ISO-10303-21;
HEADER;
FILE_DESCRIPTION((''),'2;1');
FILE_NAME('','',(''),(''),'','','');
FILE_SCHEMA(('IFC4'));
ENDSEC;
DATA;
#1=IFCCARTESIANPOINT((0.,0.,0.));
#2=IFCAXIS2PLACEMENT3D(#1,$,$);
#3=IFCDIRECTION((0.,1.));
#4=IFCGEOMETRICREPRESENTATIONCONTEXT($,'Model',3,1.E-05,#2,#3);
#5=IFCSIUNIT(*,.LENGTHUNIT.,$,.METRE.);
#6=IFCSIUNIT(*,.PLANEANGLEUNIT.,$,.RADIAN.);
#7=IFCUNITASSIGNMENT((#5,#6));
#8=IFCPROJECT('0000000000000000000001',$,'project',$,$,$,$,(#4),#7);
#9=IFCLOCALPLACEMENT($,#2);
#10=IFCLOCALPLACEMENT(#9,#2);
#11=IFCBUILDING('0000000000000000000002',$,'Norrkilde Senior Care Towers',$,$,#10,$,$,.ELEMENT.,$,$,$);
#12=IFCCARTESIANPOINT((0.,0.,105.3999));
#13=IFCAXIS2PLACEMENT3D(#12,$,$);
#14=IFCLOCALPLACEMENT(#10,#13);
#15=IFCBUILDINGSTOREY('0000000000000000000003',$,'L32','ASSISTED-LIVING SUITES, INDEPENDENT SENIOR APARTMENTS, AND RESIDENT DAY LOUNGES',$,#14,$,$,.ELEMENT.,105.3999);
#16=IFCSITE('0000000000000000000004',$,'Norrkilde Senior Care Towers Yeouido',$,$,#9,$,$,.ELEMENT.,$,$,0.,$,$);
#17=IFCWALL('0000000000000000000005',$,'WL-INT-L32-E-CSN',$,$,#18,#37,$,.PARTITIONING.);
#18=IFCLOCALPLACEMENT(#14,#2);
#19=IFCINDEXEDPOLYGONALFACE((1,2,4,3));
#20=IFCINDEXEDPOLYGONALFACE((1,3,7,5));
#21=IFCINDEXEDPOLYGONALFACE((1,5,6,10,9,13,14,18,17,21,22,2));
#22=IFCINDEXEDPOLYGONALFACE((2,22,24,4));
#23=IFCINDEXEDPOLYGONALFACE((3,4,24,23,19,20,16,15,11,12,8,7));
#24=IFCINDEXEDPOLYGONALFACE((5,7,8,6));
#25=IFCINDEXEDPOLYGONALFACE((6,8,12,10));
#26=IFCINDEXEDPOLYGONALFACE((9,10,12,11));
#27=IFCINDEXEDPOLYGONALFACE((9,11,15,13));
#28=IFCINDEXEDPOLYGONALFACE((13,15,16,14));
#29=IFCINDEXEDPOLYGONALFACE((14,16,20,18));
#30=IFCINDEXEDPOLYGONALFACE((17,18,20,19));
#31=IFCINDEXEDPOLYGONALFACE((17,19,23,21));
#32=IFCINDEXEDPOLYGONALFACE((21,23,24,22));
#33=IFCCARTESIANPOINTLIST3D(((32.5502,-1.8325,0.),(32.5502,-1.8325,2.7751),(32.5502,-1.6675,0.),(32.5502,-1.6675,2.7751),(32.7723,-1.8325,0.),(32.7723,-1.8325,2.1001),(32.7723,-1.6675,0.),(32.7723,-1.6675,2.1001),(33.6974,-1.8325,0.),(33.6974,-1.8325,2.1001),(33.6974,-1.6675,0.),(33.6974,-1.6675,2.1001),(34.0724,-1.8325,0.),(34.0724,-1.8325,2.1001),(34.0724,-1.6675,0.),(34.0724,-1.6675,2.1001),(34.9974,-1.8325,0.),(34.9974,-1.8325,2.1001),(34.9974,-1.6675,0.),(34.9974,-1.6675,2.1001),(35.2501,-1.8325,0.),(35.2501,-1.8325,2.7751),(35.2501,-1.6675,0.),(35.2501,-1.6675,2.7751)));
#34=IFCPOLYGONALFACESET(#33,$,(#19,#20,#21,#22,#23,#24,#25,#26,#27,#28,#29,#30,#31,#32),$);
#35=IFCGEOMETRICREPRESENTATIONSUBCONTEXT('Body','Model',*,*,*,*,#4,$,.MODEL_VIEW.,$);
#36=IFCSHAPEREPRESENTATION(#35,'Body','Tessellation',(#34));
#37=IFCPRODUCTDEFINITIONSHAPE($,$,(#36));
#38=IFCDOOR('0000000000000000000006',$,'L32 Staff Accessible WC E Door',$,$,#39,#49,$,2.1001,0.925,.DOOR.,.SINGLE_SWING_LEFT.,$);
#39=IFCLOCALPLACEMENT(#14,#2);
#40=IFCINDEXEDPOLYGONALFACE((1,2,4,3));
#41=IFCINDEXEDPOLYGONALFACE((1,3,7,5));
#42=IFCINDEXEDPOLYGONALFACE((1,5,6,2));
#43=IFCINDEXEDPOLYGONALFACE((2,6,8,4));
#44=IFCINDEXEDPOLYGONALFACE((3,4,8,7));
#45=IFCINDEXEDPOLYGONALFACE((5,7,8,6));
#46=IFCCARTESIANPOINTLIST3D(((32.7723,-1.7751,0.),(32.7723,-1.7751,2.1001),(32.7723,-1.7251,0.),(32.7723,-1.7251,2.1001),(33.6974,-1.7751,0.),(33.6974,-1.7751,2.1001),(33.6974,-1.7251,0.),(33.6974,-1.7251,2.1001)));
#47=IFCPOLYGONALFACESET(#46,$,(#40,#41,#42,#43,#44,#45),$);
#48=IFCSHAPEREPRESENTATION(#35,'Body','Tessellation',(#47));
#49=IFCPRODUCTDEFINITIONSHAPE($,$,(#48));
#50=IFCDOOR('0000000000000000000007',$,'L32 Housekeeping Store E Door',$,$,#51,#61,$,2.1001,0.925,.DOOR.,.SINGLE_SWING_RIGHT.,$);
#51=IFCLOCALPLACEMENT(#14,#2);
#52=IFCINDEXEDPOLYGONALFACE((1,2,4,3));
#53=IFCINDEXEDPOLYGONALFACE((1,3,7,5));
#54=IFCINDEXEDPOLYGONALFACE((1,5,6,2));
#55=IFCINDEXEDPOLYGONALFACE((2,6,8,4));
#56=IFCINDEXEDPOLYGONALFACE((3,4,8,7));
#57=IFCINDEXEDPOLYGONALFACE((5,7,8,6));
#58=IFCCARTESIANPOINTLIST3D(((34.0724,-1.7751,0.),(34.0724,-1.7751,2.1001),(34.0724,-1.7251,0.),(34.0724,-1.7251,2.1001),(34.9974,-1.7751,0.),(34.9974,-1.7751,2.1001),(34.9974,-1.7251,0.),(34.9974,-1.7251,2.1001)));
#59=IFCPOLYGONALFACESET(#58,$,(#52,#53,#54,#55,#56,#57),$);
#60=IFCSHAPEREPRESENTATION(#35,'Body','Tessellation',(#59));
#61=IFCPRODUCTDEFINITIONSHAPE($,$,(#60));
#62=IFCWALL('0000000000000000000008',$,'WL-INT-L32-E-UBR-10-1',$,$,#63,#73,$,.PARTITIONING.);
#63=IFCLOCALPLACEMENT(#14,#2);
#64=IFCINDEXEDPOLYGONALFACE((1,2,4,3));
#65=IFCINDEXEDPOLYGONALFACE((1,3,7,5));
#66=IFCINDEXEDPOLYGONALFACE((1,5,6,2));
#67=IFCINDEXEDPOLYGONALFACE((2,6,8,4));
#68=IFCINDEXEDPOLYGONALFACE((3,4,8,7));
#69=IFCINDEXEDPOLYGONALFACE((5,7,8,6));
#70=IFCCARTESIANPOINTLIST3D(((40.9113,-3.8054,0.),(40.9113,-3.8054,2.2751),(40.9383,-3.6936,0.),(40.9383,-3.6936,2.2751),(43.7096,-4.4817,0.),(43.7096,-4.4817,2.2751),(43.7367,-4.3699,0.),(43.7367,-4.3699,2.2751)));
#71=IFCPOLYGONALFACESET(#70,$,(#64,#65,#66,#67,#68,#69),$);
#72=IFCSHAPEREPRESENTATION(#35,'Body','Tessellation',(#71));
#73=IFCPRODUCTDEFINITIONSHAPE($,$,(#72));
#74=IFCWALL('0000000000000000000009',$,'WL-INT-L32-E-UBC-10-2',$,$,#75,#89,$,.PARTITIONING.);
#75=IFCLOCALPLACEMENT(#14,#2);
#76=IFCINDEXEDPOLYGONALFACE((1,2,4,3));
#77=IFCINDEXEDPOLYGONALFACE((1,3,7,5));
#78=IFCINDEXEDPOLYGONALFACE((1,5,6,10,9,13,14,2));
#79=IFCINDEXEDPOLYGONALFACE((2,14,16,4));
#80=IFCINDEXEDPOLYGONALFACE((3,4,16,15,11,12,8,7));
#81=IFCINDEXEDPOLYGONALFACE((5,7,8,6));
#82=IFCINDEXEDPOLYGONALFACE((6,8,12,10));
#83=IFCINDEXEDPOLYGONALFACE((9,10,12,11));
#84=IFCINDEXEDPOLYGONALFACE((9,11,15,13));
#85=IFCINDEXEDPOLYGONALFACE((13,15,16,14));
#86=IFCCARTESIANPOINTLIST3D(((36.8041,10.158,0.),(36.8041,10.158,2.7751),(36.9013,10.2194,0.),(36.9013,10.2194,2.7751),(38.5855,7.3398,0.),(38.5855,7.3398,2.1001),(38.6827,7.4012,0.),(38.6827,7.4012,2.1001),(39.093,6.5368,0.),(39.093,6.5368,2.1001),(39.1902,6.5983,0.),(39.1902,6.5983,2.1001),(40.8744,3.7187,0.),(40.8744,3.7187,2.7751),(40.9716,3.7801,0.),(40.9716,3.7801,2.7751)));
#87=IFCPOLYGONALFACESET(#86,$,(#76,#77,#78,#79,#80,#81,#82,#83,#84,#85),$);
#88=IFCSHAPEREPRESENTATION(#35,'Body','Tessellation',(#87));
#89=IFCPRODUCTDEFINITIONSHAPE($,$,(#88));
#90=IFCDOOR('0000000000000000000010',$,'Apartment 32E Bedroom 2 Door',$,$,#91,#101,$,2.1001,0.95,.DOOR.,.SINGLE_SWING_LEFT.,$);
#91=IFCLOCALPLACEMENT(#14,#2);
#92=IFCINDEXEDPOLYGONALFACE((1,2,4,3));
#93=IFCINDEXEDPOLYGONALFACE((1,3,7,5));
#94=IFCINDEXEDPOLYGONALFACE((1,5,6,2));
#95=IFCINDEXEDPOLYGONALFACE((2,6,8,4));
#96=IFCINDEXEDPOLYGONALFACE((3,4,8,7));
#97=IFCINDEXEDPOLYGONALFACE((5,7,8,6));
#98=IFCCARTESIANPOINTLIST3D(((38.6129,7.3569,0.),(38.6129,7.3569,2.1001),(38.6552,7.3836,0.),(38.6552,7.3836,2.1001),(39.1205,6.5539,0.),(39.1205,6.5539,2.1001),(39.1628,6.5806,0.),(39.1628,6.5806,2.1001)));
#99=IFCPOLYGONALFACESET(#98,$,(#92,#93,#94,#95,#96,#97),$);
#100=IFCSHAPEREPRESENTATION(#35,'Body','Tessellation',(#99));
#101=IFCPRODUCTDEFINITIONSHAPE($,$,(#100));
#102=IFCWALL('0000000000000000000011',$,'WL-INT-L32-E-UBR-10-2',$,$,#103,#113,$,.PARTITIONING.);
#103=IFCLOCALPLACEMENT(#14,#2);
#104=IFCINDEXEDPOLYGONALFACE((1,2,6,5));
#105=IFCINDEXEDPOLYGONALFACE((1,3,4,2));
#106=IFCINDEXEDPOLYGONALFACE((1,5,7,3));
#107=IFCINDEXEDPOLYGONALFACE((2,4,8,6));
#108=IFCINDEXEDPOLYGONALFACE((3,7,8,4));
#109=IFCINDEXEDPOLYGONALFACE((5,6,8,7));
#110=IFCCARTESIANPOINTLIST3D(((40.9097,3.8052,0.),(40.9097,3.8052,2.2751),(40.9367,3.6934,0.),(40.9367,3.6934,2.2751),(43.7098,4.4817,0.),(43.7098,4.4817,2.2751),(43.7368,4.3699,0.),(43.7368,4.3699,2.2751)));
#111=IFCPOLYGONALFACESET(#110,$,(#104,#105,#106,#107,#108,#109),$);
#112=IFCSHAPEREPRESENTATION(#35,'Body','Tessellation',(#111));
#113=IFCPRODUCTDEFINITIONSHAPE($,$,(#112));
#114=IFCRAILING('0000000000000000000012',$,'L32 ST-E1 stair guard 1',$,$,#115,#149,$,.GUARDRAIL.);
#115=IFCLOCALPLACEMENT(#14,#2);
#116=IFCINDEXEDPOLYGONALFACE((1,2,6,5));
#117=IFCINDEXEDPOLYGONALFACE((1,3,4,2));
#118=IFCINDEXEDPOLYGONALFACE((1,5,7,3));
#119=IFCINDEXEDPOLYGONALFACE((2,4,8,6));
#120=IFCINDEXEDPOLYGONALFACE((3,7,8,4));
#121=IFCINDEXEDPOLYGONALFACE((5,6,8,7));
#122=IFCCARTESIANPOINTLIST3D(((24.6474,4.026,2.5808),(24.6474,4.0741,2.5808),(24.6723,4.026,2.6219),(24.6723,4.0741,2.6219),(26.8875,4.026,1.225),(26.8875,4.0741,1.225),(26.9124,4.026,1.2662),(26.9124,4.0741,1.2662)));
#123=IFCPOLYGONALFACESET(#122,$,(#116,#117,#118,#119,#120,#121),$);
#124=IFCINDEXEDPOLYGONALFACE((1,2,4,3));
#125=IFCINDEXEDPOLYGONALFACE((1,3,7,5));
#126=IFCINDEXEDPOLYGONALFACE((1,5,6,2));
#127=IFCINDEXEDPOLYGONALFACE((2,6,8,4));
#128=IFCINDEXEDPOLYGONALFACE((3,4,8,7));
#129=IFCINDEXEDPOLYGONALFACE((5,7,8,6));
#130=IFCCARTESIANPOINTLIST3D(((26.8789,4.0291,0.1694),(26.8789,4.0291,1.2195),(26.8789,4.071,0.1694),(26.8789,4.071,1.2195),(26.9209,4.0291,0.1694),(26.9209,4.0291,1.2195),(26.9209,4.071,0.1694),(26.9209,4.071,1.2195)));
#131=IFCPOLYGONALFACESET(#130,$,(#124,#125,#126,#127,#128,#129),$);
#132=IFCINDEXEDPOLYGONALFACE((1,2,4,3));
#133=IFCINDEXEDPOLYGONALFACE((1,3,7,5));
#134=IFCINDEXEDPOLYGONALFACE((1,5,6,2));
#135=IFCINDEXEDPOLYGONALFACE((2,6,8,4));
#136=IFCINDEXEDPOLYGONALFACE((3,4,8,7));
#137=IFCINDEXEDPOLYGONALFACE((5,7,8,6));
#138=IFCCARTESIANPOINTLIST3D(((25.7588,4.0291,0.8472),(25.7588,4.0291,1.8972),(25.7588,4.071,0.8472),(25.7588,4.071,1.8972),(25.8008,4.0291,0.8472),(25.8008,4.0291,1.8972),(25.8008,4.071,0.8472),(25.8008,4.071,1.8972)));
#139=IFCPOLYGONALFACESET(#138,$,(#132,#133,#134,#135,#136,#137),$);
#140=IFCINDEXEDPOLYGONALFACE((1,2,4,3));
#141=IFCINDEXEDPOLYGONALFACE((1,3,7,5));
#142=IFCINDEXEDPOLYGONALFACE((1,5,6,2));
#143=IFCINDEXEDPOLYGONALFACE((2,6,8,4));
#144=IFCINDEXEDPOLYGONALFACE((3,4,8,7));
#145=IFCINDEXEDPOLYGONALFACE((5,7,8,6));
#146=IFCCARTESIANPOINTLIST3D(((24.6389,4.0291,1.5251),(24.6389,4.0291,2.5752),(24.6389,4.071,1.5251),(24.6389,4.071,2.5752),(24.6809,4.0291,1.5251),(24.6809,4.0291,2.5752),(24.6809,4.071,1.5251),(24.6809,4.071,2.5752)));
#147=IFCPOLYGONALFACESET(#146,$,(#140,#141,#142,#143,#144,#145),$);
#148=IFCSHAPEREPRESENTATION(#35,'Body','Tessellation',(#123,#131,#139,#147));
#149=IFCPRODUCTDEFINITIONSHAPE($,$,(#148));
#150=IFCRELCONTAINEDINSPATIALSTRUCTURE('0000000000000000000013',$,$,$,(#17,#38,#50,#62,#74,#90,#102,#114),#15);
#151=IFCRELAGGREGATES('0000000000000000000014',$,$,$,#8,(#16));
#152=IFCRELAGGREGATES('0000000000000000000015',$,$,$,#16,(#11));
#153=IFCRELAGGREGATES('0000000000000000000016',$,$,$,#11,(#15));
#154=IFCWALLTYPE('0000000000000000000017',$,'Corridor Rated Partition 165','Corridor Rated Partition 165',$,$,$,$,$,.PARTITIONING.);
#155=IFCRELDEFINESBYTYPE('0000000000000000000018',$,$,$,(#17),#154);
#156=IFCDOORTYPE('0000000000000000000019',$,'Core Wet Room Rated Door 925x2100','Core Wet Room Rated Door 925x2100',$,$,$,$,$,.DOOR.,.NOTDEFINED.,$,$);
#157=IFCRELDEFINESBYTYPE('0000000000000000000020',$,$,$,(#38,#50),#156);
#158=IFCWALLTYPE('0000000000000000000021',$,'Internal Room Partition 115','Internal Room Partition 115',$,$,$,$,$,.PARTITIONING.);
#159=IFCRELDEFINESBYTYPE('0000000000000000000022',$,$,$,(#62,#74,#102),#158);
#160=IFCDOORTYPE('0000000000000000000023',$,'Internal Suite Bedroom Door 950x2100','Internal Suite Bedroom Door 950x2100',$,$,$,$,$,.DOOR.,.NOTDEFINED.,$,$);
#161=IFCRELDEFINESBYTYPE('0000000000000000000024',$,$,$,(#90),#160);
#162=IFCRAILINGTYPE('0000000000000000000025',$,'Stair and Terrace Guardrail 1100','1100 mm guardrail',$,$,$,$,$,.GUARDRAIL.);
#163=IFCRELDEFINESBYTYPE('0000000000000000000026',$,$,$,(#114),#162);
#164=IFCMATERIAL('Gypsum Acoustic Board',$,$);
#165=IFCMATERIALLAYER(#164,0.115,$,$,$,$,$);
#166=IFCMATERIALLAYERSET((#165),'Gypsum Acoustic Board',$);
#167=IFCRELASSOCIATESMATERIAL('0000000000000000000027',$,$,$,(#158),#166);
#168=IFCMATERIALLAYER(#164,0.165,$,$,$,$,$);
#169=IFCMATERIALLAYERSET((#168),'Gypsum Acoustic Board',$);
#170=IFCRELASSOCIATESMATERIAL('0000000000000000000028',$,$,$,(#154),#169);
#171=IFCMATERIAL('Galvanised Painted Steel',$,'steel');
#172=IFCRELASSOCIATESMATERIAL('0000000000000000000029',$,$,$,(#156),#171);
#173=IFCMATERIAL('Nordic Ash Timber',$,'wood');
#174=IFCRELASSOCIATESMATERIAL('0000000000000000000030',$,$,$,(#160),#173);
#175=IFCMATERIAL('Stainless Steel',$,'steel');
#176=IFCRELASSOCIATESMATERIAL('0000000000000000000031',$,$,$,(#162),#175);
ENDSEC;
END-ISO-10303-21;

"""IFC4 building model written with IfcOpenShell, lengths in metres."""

from ifc_helpers import new_model, si_unit, direction, frame, frame_2d, origin, origin_2d, place, context, subcontext, project, spatial, rectangle, extrude, source, transform, mapped, material, layer, layer_set, type_object, type_shapes, element, fill, save


model = new_model("IFC4")

# Units and contexts
model_context = context("Model", 3, precision=1e-05, world=origin(), true_north=direction((0.0, 1.0)))
body_context = subcontext(model_context, "Body", "Model", "MODEL_VIEW")
ifc_project = project(units=[si_unit("LENGTHUNIT", "METRE"), si_unit("PLANEANGLEUNIT", "RADIAN")], contexts=[model_context])

# Site, building, storey
site_placement = place(None, origin())
site = spatial("IfcSite", under=ifc_project, at=site_placement, Name="Norrkilde Senior Care Towers Yeouido", CompositionType="ELEMENT", RefElevation=0.0)
building_placement = place(site_placement, origin())
building = spatial("IfcBuilding", under=site, at=building_placement, Name="Norrkilde Senior Care Towers", CompositionType="ELEMENT")
storey_placement = place(building_placement, frame((0.0, 0.0, 105.3999)))
storey = spatial("IfcBuildingStorey", under=building, at=storey_placement, Name="L32", Description="ASSISTED-LIVING SUITES, INDEPENDENT SENIOR APARTMENTS, AND RESIDENT DAY LOUNGES", CompositionType="ELEMENT", Elevation=105.3999)

# Shared definitions
ifc_material_1 = material(Name="Stainless Steel", Category="steel")

# Shared definitions
ifc_material_2 = material(Name="Galvanised Painted Steel", Category="steel")

# Shared definitions
ifc_material_3 = material(Name="Gypsum Acoustic Board")
ifc_layer_1 = layer(ifc_material_3, 0.115)
ifc_layer_set_1 = layer_set([ifc_layer_1], Name="Gypsum Acoustic Board")
wall_type_1 = type_object("IfcWallType", Name="Internal Room Partition 115", Description="Internal Room Partition 115", PredefinedType="PARTITIONING", material=ifc_layer_set_1)

# Wall, openings, doors
ifc_layer_2 = layer(ifc_material_3, 0.165)
ifc_layer_set_2 = layer_set([ifc_layer_2], Name="Gypsum Acoustic Board")
wall_type_2 = type_object("IfcWallType", Name="Corridor Rated Partition 165", Description="Corridor Rated Partition 165", PredefinedType="PARTITIONING", material=ifc_layer_set_2)
shared_shape_1 = source(origin(), body_context, "Body", "SweptSolid", [
    extrude(rectangle(XDim=2.7, YDim=0.165, at=frame_2d((1.3501, 0.0))), origin(), (0.0, 0.0, 1.0), 2.7751),
])
type_shapes(wall_type_2, [shared_shape_1])
wall_1_placement = place(storey_placement, frame((32.55, -1.75, 0.0), z_axis=(0.0, 0.0, 1.0), x_axis=(1.0, 0.0, 0.0)))
wall_1 = element("IfcWall", 1, at=wall_1_placement, inside=storey, type_object=wall_type_2, Name="WL-INT-L32-E-CSN", PredefinedType="PARTITIONING", context=body_context, shape_type="MappedRepresentation", body=[
    mapped(shared_shape_1, transform((0.0, 0.0, 0.0), x_axis=(1.0, 0.0, 0.0), y_axis=(0.0, 1.0, 0.0), z_axis=(0.0, 0.0, 1.0), scale=1.0)),
])
opening_1_placement = place(wall_1_placement, frame((0.2224, 0.0, 0.0)))
opening_1 = element("IfcOpeningElement", 2, at=opening_1_placement, cuts=wall_1, PredefinedType="OPENING", context=body_context, shape_type="SweptSolid", body=[
    extrude(rectangle(XDim=0.925, YDim=2.1001, at=frame_2d((0.4624, 1.05))), frame((0.0, 0.0925, 0.0), z_axis=(0.0, -1.0, 0.0), x_axis=(1.0, 0.0, 0.0)), (0.0, 0.0, 1.0), 0.1851),
])
opening_2_placement = place(wall_1_placement, frame((1.5225, 0.0, 0.0)))
opening_2 = element("IfcOpeningElement", 3, at=opening_2_placement, cuts=wall_1, PredefinedType="OPENING", context=body_context, shape_type="SweptSolid", body=[
    extrude(rectangle(XDim=0.925, YDim=2.1001, at=frame_2d((0.4624, 1.05))), frame((0.0, 0.0925, 0.0), z_axis=(0.0, -1.0, 0.0), x_axis=(1.0, 0.0, 0.0)), (0.0, 0.0, 1.0), 0.1851),
])
door_type_1 = type_object("IfcDoorType", Name="Core Wet Room Rated Door 925x2100", Description="Core Wet Room Rated Door 925x2100", OperationType="NOTDEFINED", PredefinedType="DOOR", material=ifc_material_2)
shared_shape_2 = source(origin(), body_context, "Body", "SweptSolid", [
    extrude(rectangle(XDim=0.925, YDim=2.1001, at=frame_2d((0.4624, 1.05))), frame((0.0, 0.0249, 0.0), z_axis=(0.0, -1.0, 0.0), x_axis=(1.0, 0.0, 0.0)), (0.0, 0.0, 1.0), 0.05),
])
type_shapes(door_type_1, [shared_shape_2])
door_1_placement = place(opening_1_placement, origin())
door_1 = element("IfcDoor", 4, at=door_1_placement, inside=storey, type_object=door_type_1, Name="L32 Staff Accessible WC E Door", OperationType="SINGLE_SWING_LEFT", OverallHeight=2.1001, OverallWidth=0.925, PredefinedType="DOOR", context=body_context, shape_type="MappedRepresentation", body=[
    mapped(shared_shape_2, transform((0.0, 0.0, 0.0), x_axis=(1.0, 0.0, 0.0), y_axis=(0.0, 1.0, 0.0), z_axis=(0.0, 0.0, 1.0), scale=1.0)),
])
fill(opening_1, door_1)
door_2_placement = place(opening_2_placement, origin())
door_2 = element("IfcDoor", 5, at=door_2_placement, inside=storey, type_object=door_type_1, Name="L32 Housekeeping Store E Door", OperationType="SINGLE_SWING_RIGHT", OverallHeight=2.1001, OverallWidth=0.925, PredefinedType="DOOR", context=body_context, shape_type="MappedRepresentation", body=[
    mapped(shared_shape_2, transform((0.0, 0.0, 0.0), x_axis=(1.0, 0.0, 0.0), y_axis=(0.0, 1.0, 0.0), z_axis=(0.0, 0.0, 1.0), scale=1.0)),
])
fill(opening_2, door_2)

# Wall
shared_shape_3 = source(origin(), body_context, "Body", "SweptSolid", [
    extrude(rectangle(XDim=2.8789, YDim=0.115, at=frame_2d((1.4395, 0.0))), origin(), (0.0, 0.0, 1.0), 2.2751),
])
wall_2_placement = place(storey_placement, frame((40.9248, -3.7495, 0.0), z_axis=(0.0, 0.0, 1.0), x_axis=(0.972018, -0.234906, 0.0)))
element("IfcWall", 6, at=wall_2_placement, inside=storey, type_object=wall_type_1, Name="WL-INT-L32-E-UBR-10-1", PredefinedType="PARTITIONING", context=body_context, shape_type="MappedRepresentation", body=[
    mapped(shared_shape_3, transform((0.0, 0.0, 0.0), x_axis=(1.0, 0.0, 0.0), y_axis=(0.0, 1.0, 0.0), z_axis=(0.0, 0.0, 1.0), scale=1.0)),
])

# Wall, opening, door
shared_shape_4 = source(origin(), body_context, "Body", "SweptSolid", [
    extrude(rectangle(XDim=7.6179, YDim=0.115, at=frame_2d((3.8091, 0.0))), origin(), (0.0, 0.0, 1.0), 2.7751),
])
wall_3_placement = place(storey_placement, frame((40.9231, 3.7493, 0.0), z_axis=(0.0, 0.0, 1.0), x_axis=(-0.534316, 0.845285, 0.0)))
wall_3 = element("IfcWall", 7, at=wall_3_placement, inside=storey, type_object=wall_type_1, Name="WL-INT-L32-E-UBC-10-2", PredefinedType="PARTITIONING", context=body_context, shape_type="MappedRepresentation", body=[
    mapped(shared_shape_4, transform((0.0, 0.0, 0.0), x_axis=(1.0, 0.0, 0.0), y_axis=(0.0, 1.0, 0.0), z_axis=(0.0, 0.0, 1.0), scale=1.0)),
])
opening_3_placement = place(wall_3_placement, frame((3.334, 0.0, 0.0)))
opening_3 = element("IfcOpeningElement", 8, at=opening_3_placement, cuts=wall_3, PredefinedType="OPENING", context=body_context, shape_type="SweptSolid", body=[
    extrude(rectangle(XDim=0.95, YDim=2.1001, at=frame_2d((0.4751, 1.05))), frame((0.0, 0.0674, 0.0), z_axis=(0.0, -1.0, 0.0), x_axis=(1.0, 0.0, 0.0)), (0.0, 0.0, 1.0), 0.135),
])
ifc_material_4 = material(Name="Nordic Ash Timber", Category="wood")
door_type_2 = type_object("IfcDoorType", Name="Internal Suite Bedroom Door 950x2100", Description="Internal Suite Bedroom Door 950x2100", OperationType="NOTDEFINED", PredefinedType="DOOR", material=ifc_material_4)
shared_shape_5 = source(origin(), body_context, "Body", "SweptSolid", [
    extrude(rectangle(XDim=0.95, YDim=2.1001, at=frame_2d((0.4751, 1.05))), frame((0.0, 0.0249, 0.0), z_axis=(0.0, -1.0, 0.0), x_axis=(1.0, 0.0, 0.0)), (0.0, 0.0, 1.0), 0.05),
])
type_shapes(door_type_2, [shared_shape_5])
door_3_placement = place(opening_3_placement, frame((0.95, 0.0, 0.0), z_axis=(0.0, 0.0, 1.0), x_axis=(-1.0, 0.0, 0.0)))
door_3 = element("IfcDoor", 9, at=door_3_placement, inside=storey, type_object=door_type_2, Name="Apartment 32E Bedroom 2 Door", OperationType="SINGLE_SWING_LEFT", OverallHeight=2.1001, OverallWidth=0.95, PredefinedType="DOOR", context=body_context, shape_type="MappedRepresentation", body=[
    mapped(shared_shape_5, transform((0.0, 0.0, 0.0), x_axis=(1.0, 0.0, 0.0), y_axis=(0.0, 1.0, 0.0), z_axis=(0.0, 0.0, 1.0), scale=1.0)),
])
fill(opening_3, door_3)

# Wall
shared_shape_6 = source(origin(), body_context, "Body", "SweptSolid", [
    extrude(rectangle(XDim=2.8806, YDim=0.115, at=frame_2d((1.4404, 0.0))), origin(), (0.0, 0.0, 1.0), 2.2751),
])
wall_4_placement = place(storey_placement, frame((40.9231, 3.7493, 0.0), z_axis=(0.0, 0.0, 1.0), x_axis=(0.972032, 0.23485, 0.0)))
element("IfcWall", 10, at=wall_4_placement, inside=storey, type_object=wall_type_1, Name="WL-INT-L32-E-UBR-10-2", PredefinedType="PARTITIONING", context=body_context, shape_type="MappedRepresentation", body=[
    mapped(shared_shape_6, transform((0.0, 0.0, 0.0), x_axis=(1.0, 0.0, 0.0), y_axis=(0.0, 1.0, 0.0), z_axis=(0.0, 0.0, 1.0), scale=1.0)),
])

# Railing
railing_type_1 = type_object("IfcRailingType", Name="Stair and Terrace Guardrail 1100", Description="1100 mm guardrail", PredefinedType="GUARDRAIL", material=ifc_material_1)
railing_1_placement = place(storey_placement, frame((26.8999, 4.05, 0.1694)))
element("IfcRailing", 11, at=railing_1_placement, inside=storey, type_object=railing_type_1, Name="L32 ST-E1 stair guard 1", PredefinedType="GUARDRAIL", context=body_context, shape_type="SweptSolid", body=[
    extrude(rectangle(XDim=0.0481, YDim=0.0481, at=origin_2d()), frame((0.0, 0.0, 1.0762), z_axis=(-0.855512, 0.0, 0.517783), x_axis=(0.0, -1.0, 0.0)), (0.0, 0.0, 1.0), 2.6184),
    extrude(rectangle(XDim=0.042, YDim=0.042, at=origin_2d()), origin(), (0.0, 0.0, 1.0), 1.05),
    extrude(rectangle(XDim=0.042, YDim=0.042, at=origin_2d()), frame((-1.1201, 0.0, 0.6777)), (0.0, 0.0, 1.0), 1.05),
    extrude(rectangle(XDim=0.042, YDim=0.042, at=origin_2d()), frame((-2.24, 0.0, 1.3557)), (0.0, 0.0, 1.0), 1.05),
])

save(model, "model.ifc")
